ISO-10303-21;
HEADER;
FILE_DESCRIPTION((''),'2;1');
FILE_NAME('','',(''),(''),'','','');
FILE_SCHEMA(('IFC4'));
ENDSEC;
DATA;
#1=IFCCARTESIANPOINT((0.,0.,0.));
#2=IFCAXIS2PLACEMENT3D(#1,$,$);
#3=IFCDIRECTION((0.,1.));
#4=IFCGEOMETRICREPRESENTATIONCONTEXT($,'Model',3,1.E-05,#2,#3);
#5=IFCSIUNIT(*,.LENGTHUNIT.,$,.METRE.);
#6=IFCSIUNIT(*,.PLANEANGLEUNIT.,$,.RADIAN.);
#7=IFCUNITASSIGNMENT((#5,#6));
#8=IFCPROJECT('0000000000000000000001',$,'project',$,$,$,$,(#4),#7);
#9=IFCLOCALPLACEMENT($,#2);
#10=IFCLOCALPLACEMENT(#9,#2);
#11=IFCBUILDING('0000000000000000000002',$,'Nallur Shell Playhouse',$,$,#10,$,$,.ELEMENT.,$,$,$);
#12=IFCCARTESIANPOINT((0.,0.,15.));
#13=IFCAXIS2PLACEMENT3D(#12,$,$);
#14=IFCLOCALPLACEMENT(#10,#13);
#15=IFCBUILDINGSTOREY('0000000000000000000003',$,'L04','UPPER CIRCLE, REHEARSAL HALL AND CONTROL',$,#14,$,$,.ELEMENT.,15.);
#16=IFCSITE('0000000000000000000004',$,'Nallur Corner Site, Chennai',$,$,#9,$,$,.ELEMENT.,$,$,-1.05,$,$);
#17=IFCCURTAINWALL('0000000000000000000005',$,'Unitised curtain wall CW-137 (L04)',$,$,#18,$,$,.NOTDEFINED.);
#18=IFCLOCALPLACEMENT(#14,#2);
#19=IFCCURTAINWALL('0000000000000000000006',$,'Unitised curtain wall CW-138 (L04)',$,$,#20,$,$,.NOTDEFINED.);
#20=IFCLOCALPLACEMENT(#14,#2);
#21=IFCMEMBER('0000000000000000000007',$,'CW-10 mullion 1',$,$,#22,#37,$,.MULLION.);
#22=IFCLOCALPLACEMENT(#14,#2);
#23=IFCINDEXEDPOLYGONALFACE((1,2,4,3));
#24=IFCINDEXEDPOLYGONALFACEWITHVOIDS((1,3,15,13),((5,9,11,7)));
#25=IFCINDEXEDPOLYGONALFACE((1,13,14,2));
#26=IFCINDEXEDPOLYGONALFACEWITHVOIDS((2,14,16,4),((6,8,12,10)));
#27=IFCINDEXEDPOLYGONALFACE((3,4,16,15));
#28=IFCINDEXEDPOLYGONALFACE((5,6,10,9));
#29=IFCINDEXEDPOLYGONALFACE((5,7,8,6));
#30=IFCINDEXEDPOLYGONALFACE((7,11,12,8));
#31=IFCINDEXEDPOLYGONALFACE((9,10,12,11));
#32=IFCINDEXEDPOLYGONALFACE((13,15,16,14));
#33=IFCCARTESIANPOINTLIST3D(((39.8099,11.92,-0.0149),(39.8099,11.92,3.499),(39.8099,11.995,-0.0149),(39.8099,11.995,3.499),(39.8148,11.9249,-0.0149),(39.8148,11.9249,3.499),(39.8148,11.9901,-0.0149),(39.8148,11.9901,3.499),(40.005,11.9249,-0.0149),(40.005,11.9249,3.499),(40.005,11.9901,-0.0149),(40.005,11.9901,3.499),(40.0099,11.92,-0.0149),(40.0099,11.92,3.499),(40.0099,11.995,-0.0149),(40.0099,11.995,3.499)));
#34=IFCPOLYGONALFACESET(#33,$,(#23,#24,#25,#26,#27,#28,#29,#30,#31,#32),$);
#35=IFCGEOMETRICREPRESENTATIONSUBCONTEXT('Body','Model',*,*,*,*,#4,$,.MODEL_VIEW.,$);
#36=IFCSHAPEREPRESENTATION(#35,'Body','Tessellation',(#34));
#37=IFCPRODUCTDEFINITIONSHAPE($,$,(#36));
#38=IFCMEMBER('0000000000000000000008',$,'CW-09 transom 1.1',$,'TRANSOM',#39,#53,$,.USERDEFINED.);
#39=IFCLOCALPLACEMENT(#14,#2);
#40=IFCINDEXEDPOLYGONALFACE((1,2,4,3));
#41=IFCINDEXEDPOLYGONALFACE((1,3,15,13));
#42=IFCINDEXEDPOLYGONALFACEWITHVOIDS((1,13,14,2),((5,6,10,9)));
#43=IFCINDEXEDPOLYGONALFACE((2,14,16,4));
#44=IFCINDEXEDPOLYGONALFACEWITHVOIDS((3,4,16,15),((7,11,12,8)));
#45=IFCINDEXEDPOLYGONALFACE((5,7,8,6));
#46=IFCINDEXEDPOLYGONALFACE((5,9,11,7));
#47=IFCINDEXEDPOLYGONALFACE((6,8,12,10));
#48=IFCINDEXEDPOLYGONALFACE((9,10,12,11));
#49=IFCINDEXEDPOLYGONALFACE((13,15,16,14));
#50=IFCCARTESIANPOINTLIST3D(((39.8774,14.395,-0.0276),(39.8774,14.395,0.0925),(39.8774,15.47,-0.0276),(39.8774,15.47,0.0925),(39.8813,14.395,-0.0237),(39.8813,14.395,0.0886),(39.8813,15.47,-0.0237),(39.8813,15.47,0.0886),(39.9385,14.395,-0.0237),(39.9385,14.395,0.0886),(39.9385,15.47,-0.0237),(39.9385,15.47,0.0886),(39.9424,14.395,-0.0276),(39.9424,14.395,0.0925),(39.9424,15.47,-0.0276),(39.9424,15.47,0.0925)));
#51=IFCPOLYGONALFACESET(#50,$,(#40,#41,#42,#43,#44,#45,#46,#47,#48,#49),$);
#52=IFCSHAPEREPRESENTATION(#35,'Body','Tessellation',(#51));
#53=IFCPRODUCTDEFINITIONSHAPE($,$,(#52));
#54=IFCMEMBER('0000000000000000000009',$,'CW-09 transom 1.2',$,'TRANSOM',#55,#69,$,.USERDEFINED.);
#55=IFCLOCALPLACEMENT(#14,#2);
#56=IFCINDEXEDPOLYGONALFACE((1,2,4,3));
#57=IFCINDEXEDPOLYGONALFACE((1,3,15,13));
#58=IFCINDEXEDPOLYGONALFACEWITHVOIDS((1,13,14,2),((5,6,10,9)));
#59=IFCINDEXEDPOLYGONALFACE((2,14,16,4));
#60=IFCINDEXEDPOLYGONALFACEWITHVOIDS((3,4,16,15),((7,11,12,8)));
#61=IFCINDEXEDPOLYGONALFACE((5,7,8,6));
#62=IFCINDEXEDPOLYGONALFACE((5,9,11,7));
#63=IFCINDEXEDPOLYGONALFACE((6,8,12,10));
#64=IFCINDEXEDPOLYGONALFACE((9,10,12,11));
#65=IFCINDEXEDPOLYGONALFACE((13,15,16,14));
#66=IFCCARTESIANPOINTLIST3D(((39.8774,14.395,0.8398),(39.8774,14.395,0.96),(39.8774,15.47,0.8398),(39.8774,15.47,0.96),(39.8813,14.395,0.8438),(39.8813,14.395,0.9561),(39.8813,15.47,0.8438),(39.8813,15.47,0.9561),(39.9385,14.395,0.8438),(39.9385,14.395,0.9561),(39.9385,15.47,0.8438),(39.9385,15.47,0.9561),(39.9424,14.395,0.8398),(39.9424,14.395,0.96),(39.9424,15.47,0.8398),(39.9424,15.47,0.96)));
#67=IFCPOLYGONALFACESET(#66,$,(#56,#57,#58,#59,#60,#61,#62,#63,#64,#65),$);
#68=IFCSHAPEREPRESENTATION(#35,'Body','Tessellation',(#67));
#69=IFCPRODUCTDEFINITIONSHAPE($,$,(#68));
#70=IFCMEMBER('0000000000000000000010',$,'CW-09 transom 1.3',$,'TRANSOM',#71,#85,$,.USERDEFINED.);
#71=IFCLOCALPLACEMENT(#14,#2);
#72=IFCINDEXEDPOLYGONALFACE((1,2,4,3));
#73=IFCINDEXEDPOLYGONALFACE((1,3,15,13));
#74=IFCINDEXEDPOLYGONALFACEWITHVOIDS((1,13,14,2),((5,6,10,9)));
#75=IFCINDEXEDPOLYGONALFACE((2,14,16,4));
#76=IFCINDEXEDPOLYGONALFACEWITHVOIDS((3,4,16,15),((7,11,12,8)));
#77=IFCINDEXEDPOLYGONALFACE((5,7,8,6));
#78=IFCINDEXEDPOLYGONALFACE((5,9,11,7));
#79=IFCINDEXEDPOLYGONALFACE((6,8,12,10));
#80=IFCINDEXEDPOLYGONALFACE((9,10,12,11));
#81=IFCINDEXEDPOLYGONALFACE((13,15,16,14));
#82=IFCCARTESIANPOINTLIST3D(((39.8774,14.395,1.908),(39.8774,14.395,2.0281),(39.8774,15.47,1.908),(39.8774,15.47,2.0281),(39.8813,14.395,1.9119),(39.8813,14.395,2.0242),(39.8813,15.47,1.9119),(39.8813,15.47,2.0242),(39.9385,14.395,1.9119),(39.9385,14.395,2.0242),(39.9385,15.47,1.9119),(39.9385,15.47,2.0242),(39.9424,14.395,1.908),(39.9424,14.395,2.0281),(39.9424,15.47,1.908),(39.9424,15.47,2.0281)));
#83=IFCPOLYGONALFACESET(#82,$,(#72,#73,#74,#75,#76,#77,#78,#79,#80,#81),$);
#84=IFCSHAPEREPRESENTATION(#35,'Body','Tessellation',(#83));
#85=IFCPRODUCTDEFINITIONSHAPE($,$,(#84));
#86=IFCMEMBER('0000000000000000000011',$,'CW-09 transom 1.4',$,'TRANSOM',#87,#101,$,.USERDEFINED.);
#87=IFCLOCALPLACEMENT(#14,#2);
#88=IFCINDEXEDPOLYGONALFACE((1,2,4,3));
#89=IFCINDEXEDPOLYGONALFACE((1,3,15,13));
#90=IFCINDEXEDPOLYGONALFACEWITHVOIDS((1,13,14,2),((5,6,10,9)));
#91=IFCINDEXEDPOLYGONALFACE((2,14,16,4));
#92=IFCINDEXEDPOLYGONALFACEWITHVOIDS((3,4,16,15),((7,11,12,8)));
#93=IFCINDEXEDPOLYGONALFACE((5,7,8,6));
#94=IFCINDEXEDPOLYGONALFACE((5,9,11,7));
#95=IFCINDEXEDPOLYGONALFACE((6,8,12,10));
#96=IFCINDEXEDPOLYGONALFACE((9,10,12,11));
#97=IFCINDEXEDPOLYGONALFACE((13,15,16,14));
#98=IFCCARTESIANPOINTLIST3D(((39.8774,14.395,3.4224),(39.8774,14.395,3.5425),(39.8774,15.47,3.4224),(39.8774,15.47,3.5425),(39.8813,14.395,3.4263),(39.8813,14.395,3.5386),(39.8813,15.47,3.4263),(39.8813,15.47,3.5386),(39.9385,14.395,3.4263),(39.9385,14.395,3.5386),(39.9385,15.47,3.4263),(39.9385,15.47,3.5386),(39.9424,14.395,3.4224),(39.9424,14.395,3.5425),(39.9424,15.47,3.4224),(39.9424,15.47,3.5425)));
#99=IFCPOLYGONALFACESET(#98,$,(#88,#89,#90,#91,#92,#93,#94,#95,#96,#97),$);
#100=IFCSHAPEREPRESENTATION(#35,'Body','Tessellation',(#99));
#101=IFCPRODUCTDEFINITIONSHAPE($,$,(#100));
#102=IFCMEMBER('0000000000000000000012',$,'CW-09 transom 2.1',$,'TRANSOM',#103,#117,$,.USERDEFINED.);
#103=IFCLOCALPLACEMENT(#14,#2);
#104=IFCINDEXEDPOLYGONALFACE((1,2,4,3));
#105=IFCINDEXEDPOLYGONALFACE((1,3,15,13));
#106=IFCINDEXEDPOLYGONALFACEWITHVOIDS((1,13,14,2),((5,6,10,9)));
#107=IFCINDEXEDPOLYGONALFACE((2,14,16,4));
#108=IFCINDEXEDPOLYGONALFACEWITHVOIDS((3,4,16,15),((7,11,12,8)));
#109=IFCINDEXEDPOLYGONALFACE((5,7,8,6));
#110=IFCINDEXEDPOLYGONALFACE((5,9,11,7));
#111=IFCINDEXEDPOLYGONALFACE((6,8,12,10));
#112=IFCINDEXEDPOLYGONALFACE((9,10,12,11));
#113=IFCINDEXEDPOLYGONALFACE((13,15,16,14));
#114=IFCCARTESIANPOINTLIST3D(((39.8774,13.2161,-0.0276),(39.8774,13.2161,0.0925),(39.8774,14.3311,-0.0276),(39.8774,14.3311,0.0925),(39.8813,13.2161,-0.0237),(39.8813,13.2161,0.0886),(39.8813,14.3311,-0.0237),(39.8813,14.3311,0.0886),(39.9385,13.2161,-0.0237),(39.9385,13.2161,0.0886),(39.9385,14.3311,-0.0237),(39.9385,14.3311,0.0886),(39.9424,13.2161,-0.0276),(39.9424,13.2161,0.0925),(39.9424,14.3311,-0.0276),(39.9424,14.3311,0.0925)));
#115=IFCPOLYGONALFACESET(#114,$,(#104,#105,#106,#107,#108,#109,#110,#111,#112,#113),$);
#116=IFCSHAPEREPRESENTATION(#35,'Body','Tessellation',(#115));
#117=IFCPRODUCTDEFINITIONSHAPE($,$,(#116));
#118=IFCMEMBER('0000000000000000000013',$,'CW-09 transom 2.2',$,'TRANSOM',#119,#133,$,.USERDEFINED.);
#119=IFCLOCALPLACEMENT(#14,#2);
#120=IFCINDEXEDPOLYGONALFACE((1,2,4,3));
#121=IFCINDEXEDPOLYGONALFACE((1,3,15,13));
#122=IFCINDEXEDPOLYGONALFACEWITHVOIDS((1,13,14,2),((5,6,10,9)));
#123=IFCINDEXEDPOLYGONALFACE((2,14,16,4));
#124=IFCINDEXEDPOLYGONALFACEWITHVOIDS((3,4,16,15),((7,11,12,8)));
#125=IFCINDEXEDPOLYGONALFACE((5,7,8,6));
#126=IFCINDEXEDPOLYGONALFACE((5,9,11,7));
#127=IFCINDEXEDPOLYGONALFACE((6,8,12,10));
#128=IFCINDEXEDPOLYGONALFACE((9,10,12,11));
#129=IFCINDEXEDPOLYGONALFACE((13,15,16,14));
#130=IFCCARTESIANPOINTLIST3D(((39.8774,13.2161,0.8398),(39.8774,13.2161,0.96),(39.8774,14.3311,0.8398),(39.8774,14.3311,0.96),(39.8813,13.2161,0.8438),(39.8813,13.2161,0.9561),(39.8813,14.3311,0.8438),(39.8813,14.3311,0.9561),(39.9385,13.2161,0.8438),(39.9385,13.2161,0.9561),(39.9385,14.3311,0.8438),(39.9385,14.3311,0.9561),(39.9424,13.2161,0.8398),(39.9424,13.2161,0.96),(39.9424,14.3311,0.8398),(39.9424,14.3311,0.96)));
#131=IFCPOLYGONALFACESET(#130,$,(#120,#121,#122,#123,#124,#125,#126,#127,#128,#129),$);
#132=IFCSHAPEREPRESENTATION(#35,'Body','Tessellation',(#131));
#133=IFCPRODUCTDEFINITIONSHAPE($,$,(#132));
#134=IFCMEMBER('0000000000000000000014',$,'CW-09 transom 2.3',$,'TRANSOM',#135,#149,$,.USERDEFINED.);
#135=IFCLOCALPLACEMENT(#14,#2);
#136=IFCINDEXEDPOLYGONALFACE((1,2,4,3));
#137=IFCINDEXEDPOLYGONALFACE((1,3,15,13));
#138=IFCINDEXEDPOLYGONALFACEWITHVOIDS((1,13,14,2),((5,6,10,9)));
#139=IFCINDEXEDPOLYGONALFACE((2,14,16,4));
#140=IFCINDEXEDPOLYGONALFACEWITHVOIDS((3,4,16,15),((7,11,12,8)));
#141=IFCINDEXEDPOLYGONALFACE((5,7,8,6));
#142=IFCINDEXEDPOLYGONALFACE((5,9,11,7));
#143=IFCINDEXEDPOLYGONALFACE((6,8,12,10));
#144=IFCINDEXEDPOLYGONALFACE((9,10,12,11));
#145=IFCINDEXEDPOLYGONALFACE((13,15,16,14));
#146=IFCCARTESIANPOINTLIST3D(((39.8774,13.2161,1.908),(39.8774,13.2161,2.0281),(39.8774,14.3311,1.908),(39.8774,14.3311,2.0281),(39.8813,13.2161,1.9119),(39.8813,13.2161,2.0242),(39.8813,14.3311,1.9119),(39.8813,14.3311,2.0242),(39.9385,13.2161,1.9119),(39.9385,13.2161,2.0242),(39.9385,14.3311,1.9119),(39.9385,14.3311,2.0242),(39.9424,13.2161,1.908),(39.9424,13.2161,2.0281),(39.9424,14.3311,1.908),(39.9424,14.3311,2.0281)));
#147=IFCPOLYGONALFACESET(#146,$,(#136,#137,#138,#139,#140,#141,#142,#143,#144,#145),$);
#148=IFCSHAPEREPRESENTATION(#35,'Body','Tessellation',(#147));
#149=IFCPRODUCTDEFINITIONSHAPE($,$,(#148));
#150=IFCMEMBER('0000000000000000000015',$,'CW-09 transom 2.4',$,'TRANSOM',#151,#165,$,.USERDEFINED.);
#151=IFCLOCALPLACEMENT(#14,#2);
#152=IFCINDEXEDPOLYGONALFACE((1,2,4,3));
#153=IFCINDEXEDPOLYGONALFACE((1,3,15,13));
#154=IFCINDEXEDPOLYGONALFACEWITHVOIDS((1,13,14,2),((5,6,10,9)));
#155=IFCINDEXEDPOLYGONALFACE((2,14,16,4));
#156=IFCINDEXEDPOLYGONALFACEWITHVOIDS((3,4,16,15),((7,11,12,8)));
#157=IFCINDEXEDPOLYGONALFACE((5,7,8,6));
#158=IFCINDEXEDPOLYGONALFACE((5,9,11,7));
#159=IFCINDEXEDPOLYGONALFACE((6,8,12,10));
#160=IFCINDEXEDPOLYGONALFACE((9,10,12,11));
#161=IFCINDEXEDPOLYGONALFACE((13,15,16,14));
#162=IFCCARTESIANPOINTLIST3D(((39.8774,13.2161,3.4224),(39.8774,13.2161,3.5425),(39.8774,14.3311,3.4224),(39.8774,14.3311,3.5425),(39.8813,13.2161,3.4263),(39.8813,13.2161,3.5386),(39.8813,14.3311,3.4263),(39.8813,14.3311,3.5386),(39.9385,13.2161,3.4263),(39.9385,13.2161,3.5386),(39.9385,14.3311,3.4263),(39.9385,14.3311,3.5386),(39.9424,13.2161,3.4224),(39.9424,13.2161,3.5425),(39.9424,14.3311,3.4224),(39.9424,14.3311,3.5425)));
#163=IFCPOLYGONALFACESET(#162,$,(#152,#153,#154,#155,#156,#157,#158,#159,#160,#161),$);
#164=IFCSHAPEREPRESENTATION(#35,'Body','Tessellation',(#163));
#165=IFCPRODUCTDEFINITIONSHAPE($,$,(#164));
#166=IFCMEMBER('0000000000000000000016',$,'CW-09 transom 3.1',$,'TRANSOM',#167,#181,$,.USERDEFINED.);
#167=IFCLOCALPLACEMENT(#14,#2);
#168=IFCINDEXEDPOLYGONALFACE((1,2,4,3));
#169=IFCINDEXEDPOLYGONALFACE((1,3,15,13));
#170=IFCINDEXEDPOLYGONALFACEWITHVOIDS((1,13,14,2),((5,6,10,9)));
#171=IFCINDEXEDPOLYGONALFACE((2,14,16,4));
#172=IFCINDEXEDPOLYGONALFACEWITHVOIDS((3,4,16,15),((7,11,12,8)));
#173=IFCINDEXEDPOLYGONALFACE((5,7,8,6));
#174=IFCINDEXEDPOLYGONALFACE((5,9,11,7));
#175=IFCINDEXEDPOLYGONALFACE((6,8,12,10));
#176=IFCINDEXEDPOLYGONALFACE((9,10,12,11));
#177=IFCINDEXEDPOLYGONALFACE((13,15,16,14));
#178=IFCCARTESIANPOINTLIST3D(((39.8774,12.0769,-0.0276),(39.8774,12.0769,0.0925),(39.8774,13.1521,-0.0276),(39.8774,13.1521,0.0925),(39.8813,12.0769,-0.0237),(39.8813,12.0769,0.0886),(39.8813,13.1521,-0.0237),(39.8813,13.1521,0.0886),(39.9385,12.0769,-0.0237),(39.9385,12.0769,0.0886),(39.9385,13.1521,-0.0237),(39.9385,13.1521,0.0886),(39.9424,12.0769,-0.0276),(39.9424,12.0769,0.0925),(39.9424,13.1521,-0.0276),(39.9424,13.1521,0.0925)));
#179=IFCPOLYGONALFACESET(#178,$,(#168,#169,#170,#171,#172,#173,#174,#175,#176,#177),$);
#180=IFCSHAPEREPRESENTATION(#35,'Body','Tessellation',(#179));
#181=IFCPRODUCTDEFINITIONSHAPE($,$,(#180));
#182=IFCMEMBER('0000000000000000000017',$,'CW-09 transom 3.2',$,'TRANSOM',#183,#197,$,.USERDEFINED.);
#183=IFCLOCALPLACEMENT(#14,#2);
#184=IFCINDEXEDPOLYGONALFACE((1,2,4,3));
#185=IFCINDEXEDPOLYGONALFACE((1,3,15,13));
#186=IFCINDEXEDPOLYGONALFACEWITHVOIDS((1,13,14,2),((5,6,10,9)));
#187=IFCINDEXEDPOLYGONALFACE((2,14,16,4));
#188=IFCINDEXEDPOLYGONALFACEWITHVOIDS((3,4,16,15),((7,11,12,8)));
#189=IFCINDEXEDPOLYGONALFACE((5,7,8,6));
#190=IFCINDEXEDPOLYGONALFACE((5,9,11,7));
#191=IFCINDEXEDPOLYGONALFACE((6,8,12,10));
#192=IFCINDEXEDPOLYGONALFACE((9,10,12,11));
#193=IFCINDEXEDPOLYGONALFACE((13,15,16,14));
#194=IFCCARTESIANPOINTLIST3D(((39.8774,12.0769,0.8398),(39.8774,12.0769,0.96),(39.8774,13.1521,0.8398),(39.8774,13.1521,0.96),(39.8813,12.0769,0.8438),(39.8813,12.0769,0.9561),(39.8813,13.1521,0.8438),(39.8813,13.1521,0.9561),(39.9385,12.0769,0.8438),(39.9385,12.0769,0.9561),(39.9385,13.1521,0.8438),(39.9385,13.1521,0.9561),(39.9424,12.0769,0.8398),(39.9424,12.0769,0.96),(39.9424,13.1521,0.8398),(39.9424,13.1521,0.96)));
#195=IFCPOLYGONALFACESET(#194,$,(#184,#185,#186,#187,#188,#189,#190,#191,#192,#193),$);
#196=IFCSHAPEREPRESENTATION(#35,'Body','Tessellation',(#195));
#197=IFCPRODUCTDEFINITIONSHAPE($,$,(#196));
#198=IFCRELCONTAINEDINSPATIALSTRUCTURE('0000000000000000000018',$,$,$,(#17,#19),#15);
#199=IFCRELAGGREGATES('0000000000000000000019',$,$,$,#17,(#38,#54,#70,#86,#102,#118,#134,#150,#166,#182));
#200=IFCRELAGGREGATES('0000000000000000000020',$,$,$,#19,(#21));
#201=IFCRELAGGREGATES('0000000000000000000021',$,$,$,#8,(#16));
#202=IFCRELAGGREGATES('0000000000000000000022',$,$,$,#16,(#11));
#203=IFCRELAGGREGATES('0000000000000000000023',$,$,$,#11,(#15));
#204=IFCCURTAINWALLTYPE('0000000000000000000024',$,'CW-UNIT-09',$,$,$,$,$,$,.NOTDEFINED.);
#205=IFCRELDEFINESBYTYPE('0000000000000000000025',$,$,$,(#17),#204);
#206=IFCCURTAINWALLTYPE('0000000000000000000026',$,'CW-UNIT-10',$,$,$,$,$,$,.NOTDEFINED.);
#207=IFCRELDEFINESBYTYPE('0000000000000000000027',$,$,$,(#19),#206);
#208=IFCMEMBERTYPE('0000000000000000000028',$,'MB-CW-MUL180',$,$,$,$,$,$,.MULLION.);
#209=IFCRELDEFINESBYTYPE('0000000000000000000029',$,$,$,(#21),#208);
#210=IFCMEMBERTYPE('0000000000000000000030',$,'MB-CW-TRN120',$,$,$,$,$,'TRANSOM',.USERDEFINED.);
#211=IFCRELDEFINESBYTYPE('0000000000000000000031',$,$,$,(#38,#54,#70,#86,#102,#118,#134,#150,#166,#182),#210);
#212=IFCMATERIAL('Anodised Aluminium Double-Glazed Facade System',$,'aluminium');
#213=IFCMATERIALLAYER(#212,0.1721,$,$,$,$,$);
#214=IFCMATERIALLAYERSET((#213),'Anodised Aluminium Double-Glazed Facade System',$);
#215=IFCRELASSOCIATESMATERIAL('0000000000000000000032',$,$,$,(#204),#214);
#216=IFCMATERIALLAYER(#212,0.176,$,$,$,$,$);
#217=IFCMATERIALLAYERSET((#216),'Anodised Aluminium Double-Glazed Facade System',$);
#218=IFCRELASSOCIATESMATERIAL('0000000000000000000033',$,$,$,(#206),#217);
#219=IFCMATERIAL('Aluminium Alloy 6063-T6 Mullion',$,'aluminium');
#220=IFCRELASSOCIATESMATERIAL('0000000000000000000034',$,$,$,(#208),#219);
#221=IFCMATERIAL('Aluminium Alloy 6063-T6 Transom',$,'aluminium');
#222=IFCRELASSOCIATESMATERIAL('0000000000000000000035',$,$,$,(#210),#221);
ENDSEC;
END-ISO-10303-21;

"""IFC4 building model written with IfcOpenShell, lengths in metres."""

from ifc_helpers import new_model, si_unit, direction, frame, origin, origin_2d, place, context, subcontext, project, spatial, hollow_rectangle, extrude, material, layer, layer_set, material_profile, profile_set, type_object, element, aggregate, save


model = new_model("IFC4")

# Units and contexts
model_context = context("Model", 3, precision=1e-05, world=origin(), true_north=direction((0.0, 1.0)))
body_context = subcontext(model_context, "Body", "Model", "MODEL_VIEW")
ifc_project = project(units=[si_unit("LENGTHUNIT", "METRE"), si_unit("PLANEANGLEUNIT", "RADIAN")], contexts=[model_context])

# Site, building, storey
site_placement = place(None, origin())
site = spatial("IfcSite", under=ifc_project, at=site_placement, Name="Nallur Corner Site, Chennai", CompositionType="ELEMENT", RefElevation=-1.05)
building_placement = place(site_placement, origin())
building = spatial("IfcBuilding", under=site, at=building_placement, Name="Nallur Shell Playhouse", CompositionType="ELEMENT")
storey_placement = place(building_placement, frame((0.0, 0.0, 15.0)))
storey = spatial("IfcBuildingStorey", under=building, at=storey_placement, Name="L04", Description="UPPER CIRCLE, REHEARSAL HALL AND CONTROL", CompositionType="ELEMENT", Elevation=15.0)

# Curtain wall
ifc_material_1 = material(Name="Anodised Aluminium Double-Glazed Facade System", Category="aluminium")
ifc_layer_1 = layer(ifc_material_1, 0.1721)
ifc_layer_set_1 = layer_set([ifc_layer_1], Name="Anodised Aluminium Double-Glazed Facade System")
curtain_wall_type_1 = type_object("IfcCurtainWallType", Name="CW-UNIT-09", PredefinedType="NOTDEFINED", material=ifc_layer_set_1)
curtain_wall_1_placement = place(storey_placement, origin())
curtain_wall_1 = element("IfcCurtainWall", 1, at=curtain_wall_1_placement, inside=storey, type_object=curtain_wall_type_1, Name="Unitised curtain wall CW-137 (L04)", PredefinedType="NOTDEFINED")
ifc_material_2 = material(Name="Aluminium Alloy 6063-T6 Mullion", Category="aluminium")

# Curtain wall, member
ifc_layer_2 = layer(ifc_material_1, 0.176)
ifc_layer_set_2 = layer_set([ifc_layer_2], Name="Anodised Aluminium Double-Glazed Facade System")
curtain_wall_type_2 = type_object("IfcCurtainWallType", Name="CW-UNIT-10", PredefinedType="NOTDEFINED", material=ifc_layer_set_2)
curtain_wall_2_placement = place(storey_placement, origin())
curtain_wall_2 = element("IfcCurtainWall", 2, at=curtain_wall_2_placement, inside=storey, type_object=curtain_wall_type_2, Name="Unitised curtain wall CW-138 (L04)", PredefinedType="NOTDEFINED")
ifc_material_profile_1 = material_profile(ifc_material_2, hollow_rectangle(XDim=0.075, YDim=0.2, WallThickness=0.0049, at=origin_2d()), Name="ALU 75x200x5")
ifc_profile_set_1 = profile_set([ifc_material_profile_1], Name="Aluminium Alloy 6063-T6 Mullion")
member_type_1 = type_object("IfcMemberType", Name="MB-CW-MUL180", PredefinedType="MULLION", material=ifc_profile_set_1)
member_1_placement = place(storey_placement, frame((39.9099, 11.9575, -0.0149), z_axis=(0.0, 0.0, 1.0), x_axis=(0.0, -1.0, 0.0)))
member_1 = element("IfcMember", 3, at=member_1_placement, type_object=member_type_1, Name="CW-10 mullion 1", PredefinedType="MULLION", context=body_context, shape_type="SweptSolid", body=[
    extrude(hollow_rectangle(XDim=0.075, YDim=0.2, WallThickness=0.0049, at=origin_2d()), origin(), (0.0, 0.0, 1.0), 3.5139),
])

# Members
ifc_material_3 = material(Name="Aluminium Alloy 6063-T6 Transom", Category="aluminium")
ifc_material_profile_2 = material_profile(ifc_material_3, hollow_rectangle(XDim=0.0649, YDim=0.1201, WallThickness=0.0039, at=origin_2d()), Name="ALU 65x120x4")
ifc_profile_set_2 = profile_set([ifc_material_profile_2], Name="Aluminium Alloy 6063-T6 Transom")
member_type_2 = type_object("IfcMemberType", Name="MB-CW-TRN120", ElementType="TRANSOM", PredefinedType="USERDEFINED", material=ifc_profile_set_2)
member_2_placement = place(storey_placement, frame((39.9099, 15.47, 0.0325), z_axis=(0.0, -1.0, 0.0), x_axis=(1.0, 0.0, 0.0)))
member_2 = element("IfcMember", 4, at=member_2_placement, type_object=member_type_2, Name="CW-09 transom 1.1", ObjectType="TRANSOM", PredefinedType="USERDEFINED", context=body_context, shape_type="SweptSolid", body=[
    extrude(hollow_rectangle(XDim=0.0649, YDim=0.1201, WallThickness=0.0039, at=origin_2d()), origin(), (0.0, 0.0, 1.0), 1.075),
])
member_3_placement = place(storey_placement, frame((39.9099, 15.47, 0.8999), z_axis=(0.0, -1.0, 0.0), x_axis=(1.0, 0.0, 0.0)))
member_3 = element("IfcMember", 5, at=member_3_placement, type_object=member_type_2, Name="CW-09 transom 1.2", ObjectType="TRANSOM", PredefinedType="USERDEFINED", context=body_context, shape_type="SweptSolid", body=[
    extrude(hollow_rectangle(XDim=0.0649, YDim=0.1201, WallThickness=0.0039, at=origin_2d()), origin(), (0.0, 0.0, 1.0), 1.075),
])
member_4_placement = place(storey_placement, frame((39.9099, 15.47, 1.968), z_axis=(0.0, -1.0, 0.0), x_axis=(1.0, 0.0, 0.0)))
member_4 = element("IfcMember", 6, at=member_4_placement, type_object=member_type_2, Name="CW-09 transom 1.3", ObjectType="TRANSOM", PredefinedType="USERDEFINED", context=body_context, shape_type="SweptSolid", body=[
    extrude(hollow_rectangle(XDim=0.0649, YDim=0.1201, WallThickness=0.0039, at=origin_2d()), origin(), (0.0, 0.0, 1.0), 1.075),
])
member_5_placement = place(storey_placement, frame((39.9099, 15.47, 3.4824), z_axis=(0.0, -1.0, 0.0), x_axis=(1.0, 0.0, 0.0)))
member_5 = element("IfcMember", 7, at=member_5_placement, type_object=member_type_2, Name="CW-09 transom 1.4", ObjectType="TRANSOM", PredefinedType="USERDEFINED", context=body_context, shape_type="SweptSolid", body=[
    extrude(hollow_rectangle(XDim=0.0649, YDim=0.1201, WallThickness=0.0039, at=origin_2d()), origin(), (0.0, 0.0, 1.0), 1.075),
])
member_6_placement = place(storey_placement, frame((39.9099, 14.3311, 0.0325), z_axis=(0.0, -1.0, 0.0), x_axis=(1.0, 0.0, 0.0)))
member_6 = element("IfcMember", 8, at=member_6_placement, type_object=member_type_2, Name="CW-09 transom 2.1", ObjectType="TRANSOM", PredefinedType="USERDEFINED", context=body_context, shape_type="SweptSolid", body=[
    extrude(hollow_rectangle(XDim=0.0649, YDim=0.1201, WallThickness=0.0039, at=origin_2d()), origin(), (0.0, 0.0, 1.0), 1.115),
])
member_7_placement = place(storey_placement, frame((39.9099, 14.3311, 0.8999), z_axis=(0.0, -1.0, 0.0), x_axis=(1.0, 0.0, 0.0)))
member_7 = element("IfcMember", 9, at=member_7_placement, type_object=member_type_2, Name="CW-09 transom 2.2", ObjectType="TRANSOM", PredefinedType="USERDEFINED", context=body_context, shape_type="SweptSolid", body=[
    extrude(hollow_rectangle(XDim=0.0649, YDim=0.1201, WallThickness=0.0039, at=origin_2d()), origin(), (0.0, 0.0, 1.0), 1.115),
])
member_8_placement = place(storey_placement, frame((39.9099, 14.3311, 1.968), z_axis=(0.0, -1.0, 0.0), x_axis=(1.0, 0.0, 0.0)))
member_8 = element("IfcMember", 10, at=member_8_placement, type_object=member_type_2, Name="CW-09 transom 2.3", ObjectType="TRANSOM", PredefinedType="USERDEFINED", context=body_context, shape_type="SweptSolid", body=[
    extrude(hollow_rectangle(XDim=0.0649, YDim=0.1201, WallThickness=0.0039, at=origin_2d()), origin(), (0.0, 0.0, 1.0), 1.115),
])
member_9_placement = place(storey_placement, frame((39.9099, 14.3311, 3.4824), z_axis=(0.0, -1.0, 0.0), x_axis=(1.0, 0.0, 0.0)))
member_9 = element("IfcMember", 11, at=member_9_placement, type_object=member_type_2, Name="CW-09 transom 2.4", ObjectType="TRANSOM", PredefinedType="USERDEFINED", context=body_context, shape_type="SweptSolid", body=[
    extrude(hollow_rectangle(XDim=0.0649, YDim=0.1201, WallThickness=0.0039, at=origin_2d()), origin(), (0.0, 0.0, 1.0), 1.115),
])
member_10_placement = place(storey_placement, frame((39.9099, 13.1521, 0.0325), z_axis=(0.0, -1.0, 0.0), x_axis=(1.0, 0.0, 0.0)))
member_10 = element("IfcMember", 12, at=member_10_placement, type_object=member_type_2, Name="CW-09 transom 3.1", ObjectType="TRANSOM", PredefinedType="USERDEFINED", context=body_context, shape_type="SweptSolid", body=[
    extrude(hollow_rectangle(XDim=0.0649, YDim=0.1201, WallThickness=0.0039, at=origin_2d()), origin(), (0.0, 0.0, 1.0), 1.0752),
])
member_11_placement = place(storey_placement, frame((39.9099, 13.1521, 0.8999), z_axis=(0.0, -1.0, 0.0), x_axis=(1.0, 0.0, 0.0)))
member_11 = element("IfcMember", 13, at=member_11_placement, type_object=member_type_2, Name="CW-09 transom 3.2", ObjectType="TRANSOM", PredefinedType="USERDEFINED", context=body_context, shape_type="SweptSolid", body=[
    extrude(hollow_rectangle(XDim=0.0649, YDim=0.1201, WallThickness=0.0039, at=origin_2d()), origin(), (0.0, 0.0, 1.0), 1.0752),
])

aggregate(curtain_wall_1, [member_2, member_3, member_4, member_5, member_6, member_7, member_8, member_9, member_10, member_11])
aggregate(curtain_wall_2, [member_1])

save(model, "model.ifc")
